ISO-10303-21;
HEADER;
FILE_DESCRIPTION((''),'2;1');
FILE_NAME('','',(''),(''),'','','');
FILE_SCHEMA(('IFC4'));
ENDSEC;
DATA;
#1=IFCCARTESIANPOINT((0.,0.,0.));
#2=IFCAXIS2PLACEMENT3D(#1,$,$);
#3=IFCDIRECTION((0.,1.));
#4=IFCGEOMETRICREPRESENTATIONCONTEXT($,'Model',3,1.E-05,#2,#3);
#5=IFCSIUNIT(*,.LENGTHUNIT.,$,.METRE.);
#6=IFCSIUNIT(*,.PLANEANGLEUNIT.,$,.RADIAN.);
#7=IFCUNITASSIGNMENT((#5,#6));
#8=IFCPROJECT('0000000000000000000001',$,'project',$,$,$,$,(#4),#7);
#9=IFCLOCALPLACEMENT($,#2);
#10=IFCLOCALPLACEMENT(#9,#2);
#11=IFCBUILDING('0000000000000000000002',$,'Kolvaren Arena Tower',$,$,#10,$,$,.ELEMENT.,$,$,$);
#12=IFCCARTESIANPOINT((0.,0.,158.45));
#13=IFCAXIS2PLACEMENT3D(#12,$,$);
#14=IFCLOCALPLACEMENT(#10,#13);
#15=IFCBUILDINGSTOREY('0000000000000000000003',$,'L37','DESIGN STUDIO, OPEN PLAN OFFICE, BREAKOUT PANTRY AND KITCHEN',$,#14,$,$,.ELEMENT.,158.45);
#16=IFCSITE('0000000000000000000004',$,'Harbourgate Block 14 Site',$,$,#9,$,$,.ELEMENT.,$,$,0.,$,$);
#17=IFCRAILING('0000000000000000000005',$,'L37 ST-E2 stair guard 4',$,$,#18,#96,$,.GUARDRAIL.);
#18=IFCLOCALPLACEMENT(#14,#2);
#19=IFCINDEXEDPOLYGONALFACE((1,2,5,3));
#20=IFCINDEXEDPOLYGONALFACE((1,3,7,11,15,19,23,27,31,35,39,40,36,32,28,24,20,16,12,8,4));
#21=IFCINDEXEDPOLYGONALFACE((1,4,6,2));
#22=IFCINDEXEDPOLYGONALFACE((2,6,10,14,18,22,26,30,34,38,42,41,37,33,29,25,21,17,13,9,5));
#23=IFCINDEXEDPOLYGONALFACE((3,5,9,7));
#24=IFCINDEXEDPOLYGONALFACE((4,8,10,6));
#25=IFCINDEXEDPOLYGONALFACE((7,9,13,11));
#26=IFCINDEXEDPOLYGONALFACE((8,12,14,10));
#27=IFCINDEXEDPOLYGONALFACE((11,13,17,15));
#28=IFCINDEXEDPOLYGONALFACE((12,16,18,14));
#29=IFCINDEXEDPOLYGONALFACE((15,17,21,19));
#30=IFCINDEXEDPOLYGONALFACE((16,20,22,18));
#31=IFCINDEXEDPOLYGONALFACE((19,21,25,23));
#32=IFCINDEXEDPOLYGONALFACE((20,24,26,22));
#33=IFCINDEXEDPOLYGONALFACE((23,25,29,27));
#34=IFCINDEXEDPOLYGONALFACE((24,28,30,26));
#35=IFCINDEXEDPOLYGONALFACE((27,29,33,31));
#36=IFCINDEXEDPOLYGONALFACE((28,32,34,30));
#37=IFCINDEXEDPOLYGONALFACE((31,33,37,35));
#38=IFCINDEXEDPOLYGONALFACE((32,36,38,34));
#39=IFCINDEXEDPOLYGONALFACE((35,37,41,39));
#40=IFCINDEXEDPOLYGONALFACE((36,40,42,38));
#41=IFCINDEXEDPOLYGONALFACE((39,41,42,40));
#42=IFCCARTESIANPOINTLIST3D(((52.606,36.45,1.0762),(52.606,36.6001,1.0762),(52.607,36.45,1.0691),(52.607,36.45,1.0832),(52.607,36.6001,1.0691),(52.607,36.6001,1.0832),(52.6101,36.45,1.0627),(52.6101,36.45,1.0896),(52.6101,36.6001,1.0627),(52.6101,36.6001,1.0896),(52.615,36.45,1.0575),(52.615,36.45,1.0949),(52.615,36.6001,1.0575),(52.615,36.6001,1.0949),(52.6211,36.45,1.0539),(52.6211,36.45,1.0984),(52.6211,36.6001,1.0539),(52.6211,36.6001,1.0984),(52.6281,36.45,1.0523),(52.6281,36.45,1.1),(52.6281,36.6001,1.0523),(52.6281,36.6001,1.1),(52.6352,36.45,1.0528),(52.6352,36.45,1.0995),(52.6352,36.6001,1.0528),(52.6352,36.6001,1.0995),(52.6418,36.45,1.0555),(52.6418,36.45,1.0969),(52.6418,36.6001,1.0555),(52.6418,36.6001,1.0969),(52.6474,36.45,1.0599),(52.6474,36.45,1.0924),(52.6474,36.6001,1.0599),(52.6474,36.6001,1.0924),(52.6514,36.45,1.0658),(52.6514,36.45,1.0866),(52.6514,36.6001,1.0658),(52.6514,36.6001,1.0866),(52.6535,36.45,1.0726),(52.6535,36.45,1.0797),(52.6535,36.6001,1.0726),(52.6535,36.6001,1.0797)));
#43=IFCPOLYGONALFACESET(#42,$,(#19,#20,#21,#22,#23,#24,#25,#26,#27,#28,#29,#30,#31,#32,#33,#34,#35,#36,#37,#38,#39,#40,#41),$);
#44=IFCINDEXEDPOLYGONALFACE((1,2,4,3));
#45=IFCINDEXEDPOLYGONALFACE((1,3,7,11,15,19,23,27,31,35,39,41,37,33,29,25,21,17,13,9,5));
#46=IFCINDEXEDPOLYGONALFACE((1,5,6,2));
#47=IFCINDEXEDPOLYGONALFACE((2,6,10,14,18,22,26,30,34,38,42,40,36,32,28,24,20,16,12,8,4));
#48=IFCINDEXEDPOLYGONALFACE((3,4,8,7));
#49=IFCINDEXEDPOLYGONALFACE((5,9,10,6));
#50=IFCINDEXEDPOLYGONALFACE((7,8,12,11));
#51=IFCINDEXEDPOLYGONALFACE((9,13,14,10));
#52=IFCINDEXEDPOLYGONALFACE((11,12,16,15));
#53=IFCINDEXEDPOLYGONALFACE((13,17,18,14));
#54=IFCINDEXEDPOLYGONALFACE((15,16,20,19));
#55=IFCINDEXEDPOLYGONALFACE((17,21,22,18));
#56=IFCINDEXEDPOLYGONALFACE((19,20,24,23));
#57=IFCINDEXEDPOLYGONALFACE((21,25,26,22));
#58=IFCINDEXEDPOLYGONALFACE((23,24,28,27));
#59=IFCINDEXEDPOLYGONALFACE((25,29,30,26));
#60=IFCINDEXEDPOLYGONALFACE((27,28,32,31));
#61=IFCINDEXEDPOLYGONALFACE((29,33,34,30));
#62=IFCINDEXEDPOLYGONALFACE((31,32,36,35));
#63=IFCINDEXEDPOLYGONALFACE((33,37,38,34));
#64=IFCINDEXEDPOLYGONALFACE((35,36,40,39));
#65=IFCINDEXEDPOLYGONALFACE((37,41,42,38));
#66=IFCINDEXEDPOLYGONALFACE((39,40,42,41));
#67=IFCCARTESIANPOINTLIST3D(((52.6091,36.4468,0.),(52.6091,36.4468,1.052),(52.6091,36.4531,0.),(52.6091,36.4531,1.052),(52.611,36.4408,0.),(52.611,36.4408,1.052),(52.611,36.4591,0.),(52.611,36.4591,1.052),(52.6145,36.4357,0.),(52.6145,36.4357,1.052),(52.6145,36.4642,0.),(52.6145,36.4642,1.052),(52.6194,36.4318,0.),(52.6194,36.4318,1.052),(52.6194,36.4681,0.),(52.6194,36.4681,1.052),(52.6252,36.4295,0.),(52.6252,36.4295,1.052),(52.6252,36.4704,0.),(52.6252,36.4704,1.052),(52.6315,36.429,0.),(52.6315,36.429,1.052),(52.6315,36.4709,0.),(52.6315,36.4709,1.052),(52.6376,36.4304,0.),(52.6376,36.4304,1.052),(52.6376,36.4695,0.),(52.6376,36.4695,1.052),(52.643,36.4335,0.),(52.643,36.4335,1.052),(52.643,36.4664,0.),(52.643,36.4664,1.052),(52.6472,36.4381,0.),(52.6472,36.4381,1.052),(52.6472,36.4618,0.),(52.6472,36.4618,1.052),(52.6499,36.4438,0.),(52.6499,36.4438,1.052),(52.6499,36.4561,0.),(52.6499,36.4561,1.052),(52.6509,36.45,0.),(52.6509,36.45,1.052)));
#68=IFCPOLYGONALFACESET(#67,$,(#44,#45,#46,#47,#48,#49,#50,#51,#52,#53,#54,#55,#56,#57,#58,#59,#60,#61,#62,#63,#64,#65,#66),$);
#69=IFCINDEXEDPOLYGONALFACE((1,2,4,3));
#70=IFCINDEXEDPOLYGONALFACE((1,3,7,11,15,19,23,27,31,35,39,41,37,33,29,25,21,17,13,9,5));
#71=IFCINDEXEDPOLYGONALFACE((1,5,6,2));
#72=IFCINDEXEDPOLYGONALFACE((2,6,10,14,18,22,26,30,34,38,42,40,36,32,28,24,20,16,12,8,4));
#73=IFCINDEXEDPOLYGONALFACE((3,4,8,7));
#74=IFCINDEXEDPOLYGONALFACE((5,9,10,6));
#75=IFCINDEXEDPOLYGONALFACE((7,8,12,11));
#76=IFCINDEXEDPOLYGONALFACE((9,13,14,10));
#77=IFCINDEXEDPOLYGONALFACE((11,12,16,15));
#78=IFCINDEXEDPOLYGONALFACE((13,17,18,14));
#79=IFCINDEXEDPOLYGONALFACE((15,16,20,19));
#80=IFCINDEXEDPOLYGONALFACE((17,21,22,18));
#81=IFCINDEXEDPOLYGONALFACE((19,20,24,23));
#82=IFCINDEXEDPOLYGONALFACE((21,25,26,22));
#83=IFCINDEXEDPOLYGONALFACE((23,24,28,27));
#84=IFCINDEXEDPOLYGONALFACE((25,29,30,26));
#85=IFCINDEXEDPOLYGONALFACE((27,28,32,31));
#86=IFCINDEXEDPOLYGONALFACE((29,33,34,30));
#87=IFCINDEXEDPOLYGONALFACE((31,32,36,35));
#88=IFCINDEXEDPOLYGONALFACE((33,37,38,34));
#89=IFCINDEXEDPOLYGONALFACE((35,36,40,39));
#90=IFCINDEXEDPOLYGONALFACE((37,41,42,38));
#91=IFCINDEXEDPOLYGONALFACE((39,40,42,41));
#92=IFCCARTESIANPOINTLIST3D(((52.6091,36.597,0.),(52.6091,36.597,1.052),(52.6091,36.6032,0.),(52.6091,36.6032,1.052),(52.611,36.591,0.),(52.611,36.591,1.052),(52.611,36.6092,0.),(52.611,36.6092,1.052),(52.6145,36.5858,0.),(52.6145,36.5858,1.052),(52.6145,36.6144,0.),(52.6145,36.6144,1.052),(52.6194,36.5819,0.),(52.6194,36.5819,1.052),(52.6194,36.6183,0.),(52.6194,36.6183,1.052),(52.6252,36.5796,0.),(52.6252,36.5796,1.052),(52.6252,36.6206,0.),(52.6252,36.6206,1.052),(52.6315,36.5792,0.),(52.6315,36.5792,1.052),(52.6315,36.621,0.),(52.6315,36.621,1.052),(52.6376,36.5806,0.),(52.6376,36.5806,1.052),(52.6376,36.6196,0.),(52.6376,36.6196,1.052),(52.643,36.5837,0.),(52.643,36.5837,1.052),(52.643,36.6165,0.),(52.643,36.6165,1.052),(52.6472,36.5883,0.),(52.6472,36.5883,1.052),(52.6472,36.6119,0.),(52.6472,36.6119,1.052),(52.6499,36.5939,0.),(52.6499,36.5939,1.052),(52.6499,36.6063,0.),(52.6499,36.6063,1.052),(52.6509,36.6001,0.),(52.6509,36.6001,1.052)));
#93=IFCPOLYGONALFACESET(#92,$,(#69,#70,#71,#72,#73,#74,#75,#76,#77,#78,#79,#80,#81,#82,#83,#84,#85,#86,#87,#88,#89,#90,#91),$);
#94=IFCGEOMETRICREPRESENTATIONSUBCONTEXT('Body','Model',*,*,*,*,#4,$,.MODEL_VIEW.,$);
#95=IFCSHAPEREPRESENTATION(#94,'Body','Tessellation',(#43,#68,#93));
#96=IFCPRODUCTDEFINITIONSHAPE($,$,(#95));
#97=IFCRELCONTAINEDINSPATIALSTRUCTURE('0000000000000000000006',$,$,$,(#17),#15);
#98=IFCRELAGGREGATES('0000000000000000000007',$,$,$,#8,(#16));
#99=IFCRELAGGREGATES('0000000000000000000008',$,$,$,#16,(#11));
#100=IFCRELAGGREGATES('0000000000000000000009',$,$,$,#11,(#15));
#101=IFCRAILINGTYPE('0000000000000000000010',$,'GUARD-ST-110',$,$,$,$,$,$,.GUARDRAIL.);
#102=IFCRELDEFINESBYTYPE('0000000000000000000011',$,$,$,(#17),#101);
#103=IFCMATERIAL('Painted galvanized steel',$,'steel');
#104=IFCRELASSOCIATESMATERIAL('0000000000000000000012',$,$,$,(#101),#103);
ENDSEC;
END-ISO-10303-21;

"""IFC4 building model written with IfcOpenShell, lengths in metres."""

from ifc_helpers import new_model, si_unit, direction, frame, origin, origin_2d, place, context, subcontext, project, spatial, circle, extrude, material, type_object, element, save


model = new_model("IFC4")

# Units and contexts
model_context = context("Model", 3, precision=1e-05, world=origin(), true_north=direction((0.0, 1.0)))
body_context = subcontext(model_context, "Body", "Model", "MODEL_VIEW")
ifc_project = project(units=[si_unit("LENGTHUNIT", "METRE"), si_unit("PLANEANGLEUNIT", "RADIAN")], contexts=[model_context])

# Site, building, storey
site_placement = place(None, origin())
site = spatial("IfcSite", under=ifc_project, at=site_placement, Name="Harbourgate Block 14 Site", CompositionType="ELEMENT", RefElevation=0.0)
building_placement = place(site_placement, origin())
building = spatial("IfcBuilding", under=site, at=building_placement, Name="Kolvaren Arena Tower", CompositionType="ELEMENT")
storey_placement = place(building_placement, frame((0.0, 0.0, 158.45)))
storey = spatial("IfcBuildingStorey", under=building, at=storey_placement, Name="L37", Description="DESIGN STUDIO, OPEN PLAN OFFICE, BREAKOUT PANTRY AND KITCHEN", CompositionType="ELEMENT", Elevation=158.45)

# Railing
ifc_material_1 = material(Name="Painted galvanized steel", Category="steel")
railing_type_1 = type_object("IfcRailingType", Name="GUARD-ST-110", PredefinedType="GUARDRAIL", material=ifc_material_1)
railing_1_placement = place(storey_placement, frame((52.6299, 36.45, 0.0)))
element("IfcRailing", 1, at=railing_1_placement, inside=storey, type_object=railing_type_1, Name="L37 ST-E2 stair guard 4", PredefinedType="GUARDRAIL", context=body_context, shape_type="SweptSolid", body=[
    extrude(circle(Radius=0.0239, at=origin_2d()), frame((0.0, 0.0, 1.0762), z_axis=(0.0, 1.0, 0.0), x_axis=(-1.0, 0.0, 0.0)), (0.0, 0.0, 1.0), 0.1501),
    extrude(circle(Radius=0.021, at=origin_2d()), origin(), (0.0, 0.0, 1.0), 1.052),
    extrude(circle(Radius=0.021, at=origin_2d()), frame((0.0, 0.1501, 0.0)), (0.0, 0.0, 1.0), 1.052),
])

save(model, "model.ifc")
